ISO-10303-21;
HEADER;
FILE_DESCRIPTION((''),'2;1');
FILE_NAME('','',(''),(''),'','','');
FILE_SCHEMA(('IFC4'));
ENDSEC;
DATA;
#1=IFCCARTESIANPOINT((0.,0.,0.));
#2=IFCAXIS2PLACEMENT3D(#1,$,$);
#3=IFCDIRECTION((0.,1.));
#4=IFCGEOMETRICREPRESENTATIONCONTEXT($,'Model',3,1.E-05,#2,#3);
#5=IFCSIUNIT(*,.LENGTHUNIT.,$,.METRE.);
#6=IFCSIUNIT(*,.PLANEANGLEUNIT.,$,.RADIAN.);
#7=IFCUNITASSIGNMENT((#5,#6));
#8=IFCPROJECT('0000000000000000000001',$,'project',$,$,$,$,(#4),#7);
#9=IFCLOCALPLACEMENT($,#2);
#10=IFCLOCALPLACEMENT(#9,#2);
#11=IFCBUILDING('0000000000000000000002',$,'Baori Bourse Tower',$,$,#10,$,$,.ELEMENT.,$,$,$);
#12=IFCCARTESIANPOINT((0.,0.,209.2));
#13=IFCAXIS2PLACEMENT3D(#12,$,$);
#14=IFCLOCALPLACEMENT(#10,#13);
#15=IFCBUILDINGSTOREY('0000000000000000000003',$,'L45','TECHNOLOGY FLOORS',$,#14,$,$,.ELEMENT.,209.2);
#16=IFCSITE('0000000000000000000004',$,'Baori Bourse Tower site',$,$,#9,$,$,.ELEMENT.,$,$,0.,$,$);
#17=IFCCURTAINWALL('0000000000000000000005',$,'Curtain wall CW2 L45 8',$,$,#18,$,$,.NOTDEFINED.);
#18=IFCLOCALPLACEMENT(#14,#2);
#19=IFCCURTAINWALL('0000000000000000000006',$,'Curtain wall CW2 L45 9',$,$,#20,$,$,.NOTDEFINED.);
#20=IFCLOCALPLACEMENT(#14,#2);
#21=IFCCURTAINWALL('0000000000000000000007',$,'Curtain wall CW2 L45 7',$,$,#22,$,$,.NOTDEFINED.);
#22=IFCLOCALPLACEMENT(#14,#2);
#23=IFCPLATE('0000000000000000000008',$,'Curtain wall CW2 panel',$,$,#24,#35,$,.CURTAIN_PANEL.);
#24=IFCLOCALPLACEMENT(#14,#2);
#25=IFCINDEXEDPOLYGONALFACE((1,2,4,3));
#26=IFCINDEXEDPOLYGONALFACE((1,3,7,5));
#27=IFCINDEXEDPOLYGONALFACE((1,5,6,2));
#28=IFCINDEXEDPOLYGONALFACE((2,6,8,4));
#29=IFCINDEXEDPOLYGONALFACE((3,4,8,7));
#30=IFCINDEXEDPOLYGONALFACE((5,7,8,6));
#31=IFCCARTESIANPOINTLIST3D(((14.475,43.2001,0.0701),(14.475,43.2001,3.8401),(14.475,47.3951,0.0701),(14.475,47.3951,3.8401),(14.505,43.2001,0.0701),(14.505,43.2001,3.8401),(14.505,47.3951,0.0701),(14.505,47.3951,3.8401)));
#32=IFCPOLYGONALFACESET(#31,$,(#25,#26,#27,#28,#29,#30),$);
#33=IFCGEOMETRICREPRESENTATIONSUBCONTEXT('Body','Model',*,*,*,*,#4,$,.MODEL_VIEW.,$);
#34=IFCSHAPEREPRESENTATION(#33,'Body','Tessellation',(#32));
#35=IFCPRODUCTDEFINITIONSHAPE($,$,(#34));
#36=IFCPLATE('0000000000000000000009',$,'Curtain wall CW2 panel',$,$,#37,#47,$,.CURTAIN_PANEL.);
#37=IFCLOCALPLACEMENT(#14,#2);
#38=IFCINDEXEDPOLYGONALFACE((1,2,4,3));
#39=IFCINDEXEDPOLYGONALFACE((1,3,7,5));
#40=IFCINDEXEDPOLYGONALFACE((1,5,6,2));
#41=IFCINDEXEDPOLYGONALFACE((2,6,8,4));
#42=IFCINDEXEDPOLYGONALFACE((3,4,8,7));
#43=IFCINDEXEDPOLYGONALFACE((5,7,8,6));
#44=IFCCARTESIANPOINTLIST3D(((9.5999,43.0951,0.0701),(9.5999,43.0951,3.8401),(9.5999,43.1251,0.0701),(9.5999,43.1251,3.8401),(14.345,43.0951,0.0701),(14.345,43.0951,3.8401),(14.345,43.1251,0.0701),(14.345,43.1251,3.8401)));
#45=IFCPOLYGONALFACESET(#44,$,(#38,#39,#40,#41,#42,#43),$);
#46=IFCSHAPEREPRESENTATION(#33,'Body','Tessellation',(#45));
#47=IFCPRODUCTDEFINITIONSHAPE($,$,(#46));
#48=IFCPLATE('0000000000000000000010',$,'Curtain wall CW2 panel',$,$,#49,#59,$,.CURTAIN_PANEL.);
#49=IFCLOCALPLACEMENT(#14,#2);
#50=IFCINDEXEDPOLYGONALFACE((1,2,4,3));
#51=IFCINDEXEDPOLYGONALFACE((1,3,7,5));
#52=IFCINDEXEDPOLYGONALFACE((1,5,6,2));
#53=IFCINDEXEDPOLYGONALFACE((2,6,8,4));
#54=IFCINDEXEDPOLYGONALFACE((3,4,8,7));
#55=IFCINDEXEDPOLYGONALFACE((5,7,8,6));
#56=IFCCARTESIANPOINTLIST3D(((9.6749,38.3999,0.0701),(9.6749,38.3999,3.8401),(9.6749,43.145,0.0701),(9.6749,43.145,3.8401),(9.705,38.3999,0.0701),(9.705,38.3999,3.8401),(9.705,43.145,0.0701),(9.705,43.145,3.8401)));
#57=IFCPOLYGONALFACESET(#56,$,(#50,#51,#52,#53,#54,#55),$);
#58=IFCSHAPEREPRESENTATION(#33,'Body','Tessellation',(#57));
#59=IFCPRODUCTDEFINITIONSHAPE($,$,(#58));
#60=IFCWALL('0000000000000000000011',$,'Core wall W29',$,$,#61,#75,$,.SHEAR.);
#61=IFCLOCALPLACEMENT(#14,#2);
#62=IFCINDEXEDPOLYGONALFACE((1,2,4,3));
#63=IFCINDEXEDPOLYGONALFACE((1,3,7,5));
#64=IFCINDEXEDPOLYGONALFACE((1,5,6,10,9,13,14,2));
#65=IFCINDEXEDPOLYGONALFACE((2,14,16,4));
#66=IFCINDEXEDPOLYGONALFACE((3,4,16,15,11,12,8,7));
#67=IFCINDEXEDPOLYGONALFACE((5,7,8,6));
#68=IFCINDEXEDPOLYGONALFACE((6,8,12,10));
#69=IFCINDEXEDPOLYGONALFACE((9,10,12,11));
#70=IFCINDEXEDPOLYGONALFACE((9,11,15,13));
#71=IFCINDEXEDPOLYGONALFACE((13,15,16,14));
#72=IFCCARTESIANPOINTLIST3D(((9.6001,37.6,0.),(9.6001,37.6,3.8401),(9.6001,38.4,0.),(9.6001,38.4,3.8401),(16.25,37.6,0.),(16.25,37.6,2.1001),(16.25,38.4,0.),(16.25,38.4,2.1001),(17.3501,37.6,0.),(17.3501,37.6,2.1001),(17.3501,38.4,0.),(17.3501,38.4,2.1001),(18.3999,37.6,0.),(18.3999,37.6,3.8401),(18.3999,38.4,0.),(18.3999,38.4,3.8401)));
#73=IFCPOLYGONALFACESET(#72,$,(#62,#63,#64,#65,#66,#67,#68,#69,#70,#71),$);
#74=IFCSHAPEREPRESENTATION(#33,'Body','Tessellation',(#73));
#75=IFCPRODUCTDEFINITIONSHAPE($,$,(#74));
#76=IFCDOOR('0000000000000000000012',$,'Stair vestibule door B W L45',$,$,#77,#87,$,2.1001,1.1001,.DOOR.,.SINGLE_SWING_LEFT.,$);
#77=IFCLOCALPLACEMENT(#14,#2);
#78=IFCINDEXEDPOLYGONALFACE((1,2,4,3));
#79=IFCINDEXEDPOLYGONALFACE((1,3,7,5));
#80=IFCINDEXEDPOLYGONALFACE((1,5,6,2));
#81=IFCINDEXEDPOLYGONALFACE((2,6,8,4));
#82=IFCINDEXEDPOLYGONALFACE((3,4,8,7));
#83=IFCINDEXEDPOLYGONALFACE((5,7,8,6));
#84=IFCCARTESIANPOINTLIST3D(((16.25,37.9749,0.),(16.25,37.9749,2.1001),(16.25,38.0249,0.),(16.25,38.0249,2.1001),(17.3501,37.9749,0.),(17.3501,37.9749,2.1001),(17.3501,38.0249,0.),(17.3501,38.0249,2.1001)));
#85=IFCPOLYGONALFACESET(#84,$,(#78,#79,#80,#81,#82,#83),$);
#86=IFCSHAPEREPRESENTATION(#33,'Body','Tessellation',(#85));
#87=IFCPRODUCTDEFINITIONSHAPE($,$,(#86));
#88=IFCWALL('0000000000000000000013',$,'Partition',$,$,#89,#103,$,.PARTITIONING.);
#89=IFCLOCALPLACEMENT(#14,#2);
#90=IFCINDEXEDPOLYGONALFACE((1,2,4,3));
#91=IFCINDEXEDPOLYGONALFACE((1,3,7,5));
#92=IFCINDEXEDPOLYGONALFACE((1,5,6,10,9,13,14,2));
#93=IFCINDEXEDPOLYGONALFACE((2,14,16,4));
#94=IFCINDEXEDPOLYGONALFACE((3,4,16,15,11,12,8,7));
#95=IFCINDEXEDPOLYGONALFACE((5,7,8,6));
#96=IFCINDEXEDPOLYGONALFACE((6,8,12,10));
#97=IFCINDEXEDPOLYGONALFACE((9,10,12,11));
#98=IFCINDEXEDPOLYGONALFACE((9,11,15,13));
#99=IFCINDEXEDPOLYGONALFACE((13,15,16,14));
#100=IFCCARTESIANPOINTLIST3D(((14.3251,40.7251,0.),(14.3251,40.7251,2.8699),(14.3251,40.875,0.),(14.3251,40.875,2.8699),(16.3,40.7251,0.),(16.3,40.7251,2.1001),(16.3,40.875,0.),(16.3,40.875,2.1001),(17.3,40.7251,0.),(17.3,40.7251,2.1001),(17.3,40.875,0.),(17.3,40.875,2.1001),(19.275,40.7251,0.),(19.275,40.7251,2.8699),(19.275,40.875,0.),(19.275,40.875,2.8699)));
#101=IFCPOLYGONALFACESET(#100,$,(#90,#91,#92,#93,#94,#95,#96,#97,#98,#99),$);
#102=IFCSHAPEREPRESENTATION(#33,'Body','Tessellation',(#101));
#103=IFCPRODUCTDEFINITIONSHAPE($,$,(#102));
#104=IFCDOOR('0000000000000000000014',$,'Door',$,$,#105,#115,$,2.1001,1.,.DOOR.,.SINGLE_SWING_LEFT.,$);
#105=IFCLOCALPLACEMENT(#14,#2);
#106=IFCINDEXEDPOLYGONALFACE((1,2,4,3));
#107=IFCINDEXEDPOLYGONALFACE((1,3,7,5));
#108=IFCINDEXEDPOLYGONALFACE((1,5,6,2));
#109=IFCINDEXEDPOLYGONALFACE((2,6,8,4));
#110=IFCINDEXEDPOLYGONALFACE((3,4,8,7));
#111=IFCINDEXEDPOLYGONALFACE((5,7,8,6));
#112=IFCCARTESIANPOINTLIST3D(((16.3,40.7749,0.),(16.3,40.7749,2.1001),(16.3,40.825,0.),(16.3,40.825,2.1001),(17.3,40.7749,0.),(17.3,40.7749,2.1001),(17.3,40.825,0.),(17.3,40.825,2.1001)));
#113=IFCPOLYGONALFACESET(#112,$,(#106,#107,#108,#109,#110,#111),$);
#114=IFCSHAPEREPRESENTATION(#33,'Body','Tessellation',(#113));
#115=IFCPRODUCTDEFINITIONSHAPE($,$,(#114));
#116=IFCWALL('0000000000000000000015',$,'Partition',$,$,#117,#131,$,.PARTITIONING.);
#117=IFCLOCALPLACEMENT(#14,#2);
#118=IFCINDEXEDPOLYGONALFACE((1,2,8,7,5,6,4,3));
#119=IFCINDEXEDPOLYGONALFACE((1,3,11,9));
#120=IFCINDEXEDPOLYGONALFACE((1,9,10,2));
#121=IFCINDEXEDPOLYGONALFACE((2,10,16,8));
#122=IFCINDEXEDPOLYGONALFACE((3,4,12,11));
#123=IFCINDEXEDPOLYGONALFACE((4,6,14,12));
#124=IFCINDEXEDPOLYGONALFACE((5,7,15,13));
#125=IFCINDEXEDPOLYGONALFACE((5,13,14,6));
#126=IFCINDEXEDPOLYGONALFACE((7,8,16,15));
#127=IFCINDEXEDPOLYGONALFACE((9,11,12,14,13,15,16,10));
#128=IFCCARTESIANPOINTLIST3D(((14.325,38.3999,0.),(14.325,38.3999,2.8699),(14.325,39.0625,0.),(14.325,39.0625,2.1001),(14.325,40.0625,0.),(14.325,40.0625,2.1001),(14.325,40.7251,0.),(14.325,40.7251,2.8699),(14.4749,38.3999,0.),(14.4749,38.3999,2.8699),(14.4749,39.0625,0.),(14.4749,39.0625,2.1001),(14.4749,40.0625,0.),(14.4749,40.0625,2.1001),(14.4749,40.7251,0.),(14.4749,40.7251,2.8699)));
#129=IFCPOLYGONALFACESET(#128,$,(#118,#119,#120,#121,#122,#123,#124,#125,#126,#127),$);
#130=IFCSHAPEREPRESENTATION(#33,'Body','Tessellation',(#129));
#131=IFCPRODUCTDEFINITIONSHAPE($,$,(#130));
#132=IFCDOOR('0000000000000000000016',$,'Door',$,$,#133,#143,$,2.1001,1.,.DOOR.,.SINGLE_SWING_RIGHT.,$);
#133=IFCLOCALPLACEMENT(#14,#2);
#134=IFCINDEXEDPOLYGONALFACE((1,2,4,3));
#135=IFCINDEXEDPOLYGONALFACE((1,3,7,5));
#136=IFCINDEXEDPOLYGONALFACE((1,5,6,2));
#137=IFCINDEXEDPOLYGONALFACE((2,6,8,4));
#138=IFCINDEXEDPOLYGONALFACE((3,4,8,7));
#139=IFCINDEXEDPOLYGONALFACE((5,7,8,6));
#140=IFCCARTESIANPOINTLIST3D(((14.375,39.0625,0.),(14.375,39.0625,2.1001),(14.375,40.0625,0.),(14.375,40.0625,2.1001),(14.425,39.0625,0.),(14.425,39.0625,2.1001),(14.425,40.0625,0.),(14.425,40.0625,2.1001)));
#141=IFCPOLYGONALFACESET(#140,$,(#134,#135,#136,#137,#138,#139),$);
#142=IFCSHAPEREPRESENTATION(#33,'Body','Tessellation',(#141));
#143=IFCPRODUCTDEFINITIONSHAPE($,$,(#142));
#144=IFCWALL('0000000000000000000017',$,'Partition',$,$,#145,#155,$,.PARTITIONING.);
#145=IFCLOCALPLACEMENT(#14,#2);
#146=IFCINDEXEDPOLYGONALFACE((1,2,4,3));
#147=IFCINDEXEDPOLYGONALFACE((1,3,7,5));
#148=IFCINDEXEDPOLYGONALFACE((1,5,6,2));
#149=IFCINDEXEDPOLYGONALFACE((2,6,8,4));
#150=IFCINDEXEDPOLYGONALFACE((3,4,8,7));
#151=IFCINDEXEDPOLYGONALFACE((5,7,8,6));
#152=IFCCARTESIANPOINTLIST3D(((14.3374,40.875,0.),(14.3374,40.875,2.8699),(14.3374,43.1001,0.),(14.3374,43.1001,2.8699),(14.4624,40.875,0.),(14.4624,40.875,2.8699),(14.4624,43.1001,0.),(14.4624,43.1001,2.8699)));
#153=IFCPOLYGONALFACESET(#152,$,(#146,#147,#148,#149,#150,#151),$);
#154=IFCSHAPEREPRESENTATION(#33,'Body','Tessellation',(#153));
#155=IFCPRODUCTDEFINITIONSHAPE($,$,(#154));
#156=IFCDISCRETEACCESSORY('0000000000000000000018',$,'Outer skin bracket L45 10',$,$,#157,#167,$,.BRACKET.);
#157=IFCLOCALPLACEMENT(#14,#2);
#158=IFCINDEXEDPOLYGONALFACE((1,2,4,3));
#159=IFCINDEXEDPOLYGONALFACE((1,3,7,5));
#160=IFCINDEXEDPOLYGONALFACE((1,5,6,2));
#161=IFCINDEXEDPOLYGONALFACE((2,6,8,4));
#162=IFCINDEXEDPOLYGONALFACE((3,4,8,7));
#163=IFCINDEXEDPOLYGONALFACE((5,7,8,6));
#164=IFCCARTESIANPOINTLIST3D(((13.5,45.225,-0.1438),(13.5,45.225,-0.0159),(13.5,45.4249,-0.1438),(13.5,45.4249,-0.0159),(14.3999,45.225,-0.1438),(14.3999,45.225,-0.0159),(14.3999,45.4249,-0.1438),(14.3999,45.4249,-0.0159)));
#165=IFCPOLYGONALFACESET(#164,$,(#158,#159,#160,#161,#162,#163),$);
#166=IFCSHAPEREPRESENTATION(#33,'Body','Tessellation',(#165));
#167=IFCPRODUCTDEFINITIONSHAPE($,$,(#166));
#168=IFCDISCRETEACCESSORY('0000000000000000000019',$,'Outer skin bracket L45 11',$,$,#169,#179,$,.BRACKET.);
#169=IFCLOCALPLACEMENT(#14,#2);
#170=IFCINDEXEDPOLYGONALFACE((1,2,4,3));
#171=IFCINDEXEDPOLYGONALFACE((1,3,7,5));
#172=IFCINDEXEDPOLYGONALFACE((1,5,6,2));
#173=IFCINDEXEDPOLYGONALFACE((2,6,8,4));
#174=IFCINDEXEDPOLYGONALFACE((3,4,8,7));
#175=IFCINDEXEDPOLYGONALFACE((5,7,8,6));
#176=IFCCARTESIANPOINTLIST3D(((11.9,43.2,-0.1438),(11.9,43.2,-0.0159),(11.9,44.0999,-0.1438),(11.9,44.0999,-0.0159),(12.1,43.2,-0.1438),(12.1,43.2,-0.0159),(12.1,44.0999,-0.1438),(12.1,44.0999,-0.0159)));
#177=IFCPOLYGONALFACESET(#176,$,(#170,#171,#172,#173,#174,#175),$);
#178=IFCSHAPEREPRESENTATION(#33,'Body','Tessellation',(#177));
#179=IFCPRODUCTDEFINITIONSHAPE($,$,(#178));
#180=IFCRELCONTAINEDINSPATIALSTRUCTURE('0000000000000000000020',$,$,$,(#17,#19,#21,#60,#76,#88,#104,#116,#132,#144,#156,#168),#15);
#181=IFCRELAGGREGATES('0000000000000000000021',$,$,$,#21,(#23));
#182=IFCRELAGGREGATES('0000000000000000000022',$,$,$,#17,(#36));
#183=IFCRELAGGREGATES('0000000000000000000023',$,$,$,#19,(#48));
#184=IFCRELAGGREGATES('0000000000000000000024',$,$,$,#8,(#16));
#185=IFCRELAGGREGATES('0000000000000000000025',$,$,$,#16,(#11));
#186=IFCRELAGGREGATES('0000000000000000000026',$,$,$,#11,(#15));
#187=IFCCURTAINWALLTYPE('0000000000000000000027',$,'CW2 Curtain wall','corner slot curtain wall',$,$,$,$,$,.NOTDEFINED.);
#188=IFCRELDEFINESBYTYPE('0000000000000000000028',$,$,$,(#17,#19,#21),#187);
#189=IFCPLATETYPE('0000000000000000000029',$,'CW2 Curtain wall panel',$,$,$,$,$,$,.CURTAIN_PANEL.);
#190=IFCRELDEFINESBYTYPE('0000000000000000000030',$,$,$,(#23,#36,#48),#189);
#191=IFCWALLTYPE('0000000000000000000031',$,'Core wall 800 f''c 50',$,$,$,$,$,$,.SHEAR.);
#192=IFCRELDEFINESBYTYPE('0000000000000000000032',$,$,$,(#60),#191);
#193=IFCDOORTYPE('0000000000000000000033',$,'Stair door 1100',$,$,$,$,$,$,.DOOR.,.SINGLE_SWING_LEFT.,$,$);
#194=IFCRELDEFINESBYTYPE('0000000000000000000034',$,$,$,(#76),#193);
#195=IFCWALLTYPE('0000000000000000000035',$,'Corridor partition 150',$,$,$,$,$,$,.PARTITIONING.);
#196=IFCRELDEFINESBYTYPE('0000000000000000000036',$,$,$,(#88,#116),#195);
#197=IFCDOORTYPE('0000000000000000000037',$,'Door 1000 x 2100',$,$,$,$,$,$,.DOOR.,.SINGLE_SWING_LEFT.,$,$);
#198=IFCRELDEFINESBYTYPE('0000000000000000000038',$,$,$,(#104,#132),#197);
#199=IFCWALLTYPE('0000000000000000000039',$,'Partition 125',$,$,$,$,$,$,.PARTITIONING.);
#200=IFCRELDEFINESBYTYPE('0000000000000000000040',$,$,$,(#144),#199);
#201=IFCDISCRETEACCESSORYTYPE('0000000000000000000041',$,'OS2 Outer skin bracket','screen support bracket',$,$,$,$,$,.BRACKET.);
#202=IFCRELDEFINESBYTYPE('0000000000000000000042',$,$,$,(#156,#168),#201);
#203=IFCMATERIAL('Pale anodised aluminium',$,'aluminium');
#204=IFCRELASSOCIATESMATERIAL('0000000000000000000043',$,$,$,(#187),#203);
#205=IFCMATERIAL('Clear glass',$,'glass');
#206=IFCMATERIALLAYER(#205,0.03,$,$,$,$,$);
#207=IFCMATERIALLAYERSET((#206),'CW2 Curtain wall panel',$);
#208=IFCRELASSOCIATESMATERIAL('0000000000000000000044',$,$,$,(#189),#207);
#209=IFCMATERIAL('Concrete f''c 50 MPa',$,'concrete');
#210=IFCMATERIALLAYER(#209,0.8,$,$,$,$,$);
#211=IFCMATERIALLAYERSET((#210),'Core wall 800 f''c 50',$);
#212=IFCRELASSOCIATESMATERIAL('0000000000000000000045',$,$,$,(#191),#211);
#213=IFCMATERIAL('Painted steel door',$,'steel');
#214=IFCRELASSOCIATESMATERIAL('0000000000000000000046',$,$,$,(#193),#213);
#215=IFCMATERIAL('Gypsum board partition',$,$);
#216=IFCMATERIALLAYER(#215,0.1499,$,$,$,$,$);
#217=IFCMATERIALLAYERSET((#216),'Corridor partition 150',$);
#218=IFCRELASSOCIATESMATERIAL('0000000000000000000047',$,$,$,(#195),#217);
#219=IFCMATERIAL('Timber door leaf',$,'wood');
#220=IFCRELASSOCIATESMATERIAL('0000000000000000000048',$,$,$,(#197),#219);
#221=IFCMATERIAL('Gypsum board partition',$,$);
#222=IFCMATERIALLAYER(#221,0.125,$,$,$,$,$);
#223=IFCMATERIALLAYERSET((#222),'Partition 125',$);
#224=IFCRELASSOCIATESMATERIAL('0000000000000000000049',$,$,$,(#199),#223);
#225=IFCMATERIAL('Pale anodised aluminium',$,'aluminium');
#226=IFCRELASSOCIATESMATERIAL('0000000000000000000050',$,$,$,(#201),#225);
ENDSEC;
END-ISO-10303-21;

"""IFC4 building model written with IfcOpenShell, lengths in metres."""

from ifc_helpers import new_model, si_unit, direction, frame, frame_2d, origin, origin_2d, place, context, subcontext, project, spatial, rectangle, extrude, material, layer, layer_set, type_object, element, fill, aggregate, save


model = new_model("IFC4")

# Units and contexts
model_context = context("Model", 3, precision=1e-05, world=origin(), true_north=direction((0.0, 1.0)))
body_context = subcontext(model_context, "Body", "Model", "MODEL_VIEW")
ifc_project = project(units=[si_unit("LENGTHUNIT", "METRE"), si_unit("PLANEANGLEUNIT", "RADIAN")], contexts=[model_context])

# Site, building, storey
site_placement = place(None, origin())
site = spatial("IfcSite", under=ifc_project, at=site_placement, Name="Baori Bourse Tower site", CompositionType="ELEMENT", RefElevation=0.0)
building_placement = place(site_placement, origin())
building = spatial("IfcBuilding", under=site, at=building_placement, Name="Baori Bourse Tower", CompositionType="ELEMENT")
storey_placement = place(building_placement, frame((0.0, 0.0, 209.2)))
storey = spatial("IfcBuildingStorey", under=building, at=storey_placement, Name="L45", Description="TECHNOLOGY FLOORS", CompositionType="ELEMENT", Elevation=209.2)

# Curtain walls
ifc_material_1 = material(Name="Pale anodised aluminium", Category="aluminium")
curtain_wall_type = type_object("IfcCurtainWallType", Name="CW2 Curtain wall", Description="corner slot curtain wall", PredefinedType="NOTDEFINED", material=ifc_material_1)
curtain_wall_1_placement = place(storey_placement, origin())
curtain_wall_1 = element("IfcCurtainWall", 1, at=curtain_wall_1_placement, inside=storey, type_object=curtain_wall_type, Name="Curtain wall CW2 L45 8", PredefinedType="NOTDEFINED")
curtain_wall_2_placement = place(storey_placement, origin())
curtain_wall_2 = element("IfcCurtainWall", 2, at=curtain_wall_2_placement, inside=storey, type_object=curtain_wall_type, Name="Curtain wall CW2 L45 9", PredefinedType="NOTDEFINED")

# Curtain wall, plate
curtain_wall_3_placement = place(storey_placement, origin())
curtain_wall_3 = element("IfcCurtainWall", 3, at=curtain_wall_3_placement, inside=storey, type_object=curtain_wall_type, Name="Curtain wall CW2 L45 7", PredefinedType="NOTDEFINED")
ifc_material_2 = material(Name="Clear glass", Category="glass")
ifc_layer_1 = layer(ifc_material_2, 0.03)
ifc_layer_set_1 = layer_set([ifc_layer_1], Name="CW2 Curtain wall panel")
plate_type = type_object("IfcPlateType", Name="CW2 Curtain wall panel", PredefinedType="CURTAIN_PANEL", material=ifc_layer_set_1)
plate_1_placement = place(storey_placement, frame((14.49, 45.2976, 0.0701), z_axis=(0.0, 0.0, 1.0), x_axis=(0.0, -1.0, 0.0)))
plate_1 = element("IfcPlate", 4, at=plate_1_placement, type_object=plate_type, Name="Curtain wall CW2 panel", PredefinedType="CURTAIN_PANEL", context=body_context, shape_type="SweptSolid", body=[
    extrude(rectangle(XDim=4.1951, YDim=0.03, at=origin_2d()), origin(), (0.0, 0.0, 1.0), 3.77),
])
aggregate(curtain_wall_3, [plate_1])

# Plates
plate_2_placement = place(storey_placement, frame((11.9724, 43.1101, 0.0701), z_axis=(0.0, 0.0, 1.0), x_axis=(-1.0, 0.0, 0.0)))
plate_2 = element("IfcPlate", 5, at=plate_2_placement, type_object=plate_type, Name="Curtain wall CW2 panel", PredefinedType="CURTAIN_PANEL", context=body_context, shape_type="SweptSolid", body=[
    extrude(rectangle(XDim=4.7451, YDim=0.03, at=origin_2d()), origin(), (0.0, 0.0, 1.0), 3.77),
])
aggregate(curtain_wall_1, [plate_2])
plate_3_placement = place(storey_placement, frame((9.6899, 40.7725, 0.0701), z_axis=(0.0, 0.0, 1.0), x_axis=(0.0, -1.0, 0.0)))
plate_3 = element("IfcPlate", 6, at=plate_3_placement, type_object=plate_type, Name="Curtain wall CW2 panel", PredefinedType="CURTAIN_PANEL", context=body_context, shape_type="SweptSolid", body=[
    extrude(rectangle(XDim=4.7451, YDim=0.03, at=origin_2d()), origin(), (0.0, 0.0, 1.0), 3.77),
])
aggregate(curtain_wall_2, [plate_3])

# Walls, openings, doors
ifc_material_3 = material(Name="Concrete f'c 50 MPa", Category="concrete")
ifc_layer_2 = layer(ifc_material_3, 0.8)
ifc_layer_set_2 = layer_set([ifc_layer_2], Name="Core wall 800 f'c 50")
wall_type_1 = type_object("IfcWallType", Name="Core wall 800 f'c 50", PredefinedType="SHEAR", material=ifc_layer_set_2)
wall_1_placement = place(storey_placement, frame((9.6001, 38.0, 0.0), z_axis=(0.0, 0.0, 1.0), x_axis=(1.0, 0.0, 0.0)))
wall_1 = element("IfcWall", 7, at=wall_1_placement, inside=storey, type_object=wall_type_1, Name="Core wall W29", PredefinedType="SHEAR", context=body_context, shape_type="SweptSolid", body=[
    extrude(rectangle(XDim=8.7998, YDim=0.8, at=frame_2d((4.3999, 0.0))), origin(), (0.0, 0.0, 1.0), 3.8401),
])
opening_1_placement = place(wall_1_placement, frame((6.6499, 0.0, 0.0)))
opening_1 = element("IfcOpeningElement", 8, at=opening_1_placement, cuts=wall_1, PredefinedType="OPENING", context=body_context, shape_type="SweptSolid", body=[
    extrude(rectangle(XDim=1.1001, YDim=2.1001, at=frame_2d((0.55, 1.05))), frame((0.0, 0.4099, 0.0), z_axis=(0.0, -1.0, 0.0), x_axis=(1.0, 0.0, 0.0)), (0.0, 0.0, 1.0), 0.8201),
])
ifc_material_4 = material(Name="Painted steel door", Category="steel")
door_type_1 = type_object("IfcDoorType", Name="Stair door 1100", OperationType="SINGLE_SWING_LEFT", PredefinedType="DOOR", material=ifc_material_4)
door_1_placement = place(opening_1_placement, origin())
door_1 = element("IfcDoor", 9, at=door_1_placement, inside=storey, type_object=door_type_1, Name="Stair vestibule door B W L45", OperationType="SINGLE_SWING_LEFT", OverallHeight=2.1001, OverallWidth=1.1001, PredefinedType="DOOR", context=body_context, shape_type="SweptSolid", body=[
    extrude(rectangle(XDim=1.1001, YDim=2.1001, at=frame_2d((0.55, 1.05))), frame((0.0, 0.0249, 0.0), z_axis=(0.0, -1.0, 0.0), x_axis=(1.0, 0.0, 0.0)), (0.0, 0.0, 1.0), 0.05),
])
fill(opening_1, door_1)
ifc_material_5 = material(Name="Gypsum board partition")
ifc_layer_3 = layer(ifc_material_5, 0.1499)
ifc_layer_set_3 = layer_set([ifc_layer_3], Name="Corridor partition 150")
wall_type_2 = type_object("IfcWallType", Name="Corridor partition 150", PredefinedType="PARTITIONING", material=ifc_layer_set_3)
wall_2_placement = place(storey_placement, frame((14.325, 40.8, 0.0), z_axis=(0.0, 0.0, 1.0), x_axis=(1.0, 0.0, 0.0)))
wall_2 = element("IfcWall", 10, at=wall_2_placement, inside=storey, type_object=wall_type_2, Name="Partition", PredefinedType="PARTITIONING", context=body_context, shape_type="SweptSolid", body=[
    extrude(rectangle(XDim=4.95, YDim=0.1499, at=frame_2d((2.4751, 0.0))), origin(), (0.0, 0.0, 1.0), 2.8699),
])
opening_2_placement = place(wall_2_placement, frame((1.9751, 0.0, 0.0)))
opening_2 = element("IfcOpeningElement", 11, at=opening_2_placement, cuts=wall_2, PredefinedType="OPENING", context=body_context, shape_type="SweptSolid", body=[
    extrude(rectangle(XDim=1.0, YDim=2.1001, at=frame_2d((0.5, 1.05))), frame((0.0, 0.085, 0.0), z_axis=(0.0, -1.0, 0.0), x_axis=(1.0, 0.0, 0.0)), (0.0, 0.0, 1.0), 0.1699),
])
ifc_material_6 = material(Name="Timber door leaf", Category="wood")
door_type_2 = type_object("IfcDoorType", Name="Door 1000 x 2100", OperationType="SINGLE_SWING_LEFT", PredefinedType="DOOR", material=ifc_material_6)
door_2_placement = place(opening_2_placement, origin())
door_2 = element("IfcDoor", 12, at=door_2_placement, inside=storey, type_object=door_type_2, Name="Door", OperationType="SINGLE_SWING_LEFT", OverallHeight=2.1001, OverallWidth=1.0, PredefinedType="DOOR", context=body_context, shape_type="SweptSolid", body=[
    extrude(rectangle(XDim=1.0, YDim=2.1001, at=frame_2d((0.5, 1.05))), frame((0.0, 0.0249, 0.0), z_axis=(0.0, -1.0, 0.0), x_axis=(1.0, 0.0, 0.0)), (0.0, 0.0, 1.0), 0.05),
])
fill(opening_2, door_2)
wall_3_placement = place(storey_placement, frame((14.3999, 38.3999, 0.0), z_axis=(0.0, 0.0, 1.0), x_axis=(0.0, 1.0, 0.0)))
wall_3 = element("IfcWall", 13, at=wall_3_placement, inside=storey, type_object=wall_type_2, Name="Partition", PredefinedType="PARTITIONING", context=body_context, shape_type="SweptSolid", body=[
    extrude(rectangle(XDim=2.3252, YDim=0.1499, at=frame_2d((1.1626, 0.0))), origin(), (0.0, 0.0, 1.0), 2.8699),
])
opening_3_placement = place(wall_3_placement, frame((0.6626, 0.0, 0.0)))
opening_3 = element("IfcOpeningElement", 14, at=opening_3_placement, cuts=wall_3, PredefinedType="OPENING", context=body_context, shape_type="SweptSolid", body=[
    extrude(rectangle(XDim=1.0, YDim=2.1001, at=frame_2d((0.5, 1.05))), frame((0.0, 0.085, 0.0), z_axis=(0.0, -1.0, 0.0), x_axis=(1.0, 0.0, 0.0)), (0.0, 0.0, 1.0), 0.1699),
])
door_3_placement = place(opening_3_placement, origin())
door_3 = element("IfcDoor", 15, at=door_3_placement, inside=storey, type_object=door_type_2, Name="Door", OperationType="SINGLE_SWING_RIGHT", OverallHeight=2.1001, OverallWidth=1.0, PredefinedType="DOOR", context=body_context, shape_type="SweptSolid", body=[
    extrude(rectangle(XDim=1.0, YDim=2.1001, at=frame_2d((0.5, 1.05))), frame((0.0, 0.0249, 0.0), z_axis=(0.0, -1.0, 0.0), x_axis=(1.0, 0.0, 0.0)), (0.0, 0.0, 1.0), 0.05),
])
fill(opening_3, door_3)

# Wall
ifc_material_7 = material(Name="Gypsum board partition")
ifc_layer_4 = layer(ifc_material_7, 0.125)
ifc_layer_set_4 = layer_set([ifc_layer_4], Name="Partition 125")
wall_type_3 = type_object("IfcWallType", Name="Partition 125", PredefinedType="PARTITIONING", material=ifc_layer_set_4)
wall_4_placement = place(storey_placement, frame((14.3999, 40.875, 0.0), z_axis=(0.0, 0.0, 1.0), x_axis=(0.0, 1.0, 0.0)))
element("IfcWall", 16, at=wall_4_placement, inside=storey, type_object=wall_type_3, Name="Partition", PredefinedType="PARTITIONING", context=body_context, shape_type="SweptSolid", body=[
    extrude(rectangle(XDim=2.2251, YDim=0.125, at=frame_2d((1.1125, 0.0))), origin(), (0.0, 0.0, 1.0), 2.8699),
])

# Discrete accessories
ifc_material_8 = material(Name="Pale anodised aluminium", Category="aluminium")
discrete_accessory_type = type_object("IfcDiscreteAccessoryType", Name="OS2 Outer skin bracket", Description="screen support bracket", PredefinedType="BRACKET", material=ifc_material_8)
for number, where, z_axis, x_axis, name in (
    (17, (13.95, 45.325, -0.1438), (0.0, 0.0, 1.0), (0.0, -1.0, 0.0), "Outer skin bracket L45 10"),
    (18, (12.0, 43.6499, -0.1438), (0.0, 0.0, 1.0), (-1.0, 0.0, 0.0), "Outer skin bracket L45 11"),
):
    element("IfcDiscreteAccessory", number, at=place(storey_placement, frame(where, z_axis=z_axis, x_axis=x_axis)), inside=storey, type_object=discrete_accessory_type, Name=name, PredefinedType="BRACKET", context=body_context, shape_type="SweptSolid", body=[
        extrude(rectangle(XDim=0.2, YDim=0.8999, at=origin_2d()), origin(), (0.0, 0.0, 1.0), 0.1279),
    ])

save(model, "model.ifc")
